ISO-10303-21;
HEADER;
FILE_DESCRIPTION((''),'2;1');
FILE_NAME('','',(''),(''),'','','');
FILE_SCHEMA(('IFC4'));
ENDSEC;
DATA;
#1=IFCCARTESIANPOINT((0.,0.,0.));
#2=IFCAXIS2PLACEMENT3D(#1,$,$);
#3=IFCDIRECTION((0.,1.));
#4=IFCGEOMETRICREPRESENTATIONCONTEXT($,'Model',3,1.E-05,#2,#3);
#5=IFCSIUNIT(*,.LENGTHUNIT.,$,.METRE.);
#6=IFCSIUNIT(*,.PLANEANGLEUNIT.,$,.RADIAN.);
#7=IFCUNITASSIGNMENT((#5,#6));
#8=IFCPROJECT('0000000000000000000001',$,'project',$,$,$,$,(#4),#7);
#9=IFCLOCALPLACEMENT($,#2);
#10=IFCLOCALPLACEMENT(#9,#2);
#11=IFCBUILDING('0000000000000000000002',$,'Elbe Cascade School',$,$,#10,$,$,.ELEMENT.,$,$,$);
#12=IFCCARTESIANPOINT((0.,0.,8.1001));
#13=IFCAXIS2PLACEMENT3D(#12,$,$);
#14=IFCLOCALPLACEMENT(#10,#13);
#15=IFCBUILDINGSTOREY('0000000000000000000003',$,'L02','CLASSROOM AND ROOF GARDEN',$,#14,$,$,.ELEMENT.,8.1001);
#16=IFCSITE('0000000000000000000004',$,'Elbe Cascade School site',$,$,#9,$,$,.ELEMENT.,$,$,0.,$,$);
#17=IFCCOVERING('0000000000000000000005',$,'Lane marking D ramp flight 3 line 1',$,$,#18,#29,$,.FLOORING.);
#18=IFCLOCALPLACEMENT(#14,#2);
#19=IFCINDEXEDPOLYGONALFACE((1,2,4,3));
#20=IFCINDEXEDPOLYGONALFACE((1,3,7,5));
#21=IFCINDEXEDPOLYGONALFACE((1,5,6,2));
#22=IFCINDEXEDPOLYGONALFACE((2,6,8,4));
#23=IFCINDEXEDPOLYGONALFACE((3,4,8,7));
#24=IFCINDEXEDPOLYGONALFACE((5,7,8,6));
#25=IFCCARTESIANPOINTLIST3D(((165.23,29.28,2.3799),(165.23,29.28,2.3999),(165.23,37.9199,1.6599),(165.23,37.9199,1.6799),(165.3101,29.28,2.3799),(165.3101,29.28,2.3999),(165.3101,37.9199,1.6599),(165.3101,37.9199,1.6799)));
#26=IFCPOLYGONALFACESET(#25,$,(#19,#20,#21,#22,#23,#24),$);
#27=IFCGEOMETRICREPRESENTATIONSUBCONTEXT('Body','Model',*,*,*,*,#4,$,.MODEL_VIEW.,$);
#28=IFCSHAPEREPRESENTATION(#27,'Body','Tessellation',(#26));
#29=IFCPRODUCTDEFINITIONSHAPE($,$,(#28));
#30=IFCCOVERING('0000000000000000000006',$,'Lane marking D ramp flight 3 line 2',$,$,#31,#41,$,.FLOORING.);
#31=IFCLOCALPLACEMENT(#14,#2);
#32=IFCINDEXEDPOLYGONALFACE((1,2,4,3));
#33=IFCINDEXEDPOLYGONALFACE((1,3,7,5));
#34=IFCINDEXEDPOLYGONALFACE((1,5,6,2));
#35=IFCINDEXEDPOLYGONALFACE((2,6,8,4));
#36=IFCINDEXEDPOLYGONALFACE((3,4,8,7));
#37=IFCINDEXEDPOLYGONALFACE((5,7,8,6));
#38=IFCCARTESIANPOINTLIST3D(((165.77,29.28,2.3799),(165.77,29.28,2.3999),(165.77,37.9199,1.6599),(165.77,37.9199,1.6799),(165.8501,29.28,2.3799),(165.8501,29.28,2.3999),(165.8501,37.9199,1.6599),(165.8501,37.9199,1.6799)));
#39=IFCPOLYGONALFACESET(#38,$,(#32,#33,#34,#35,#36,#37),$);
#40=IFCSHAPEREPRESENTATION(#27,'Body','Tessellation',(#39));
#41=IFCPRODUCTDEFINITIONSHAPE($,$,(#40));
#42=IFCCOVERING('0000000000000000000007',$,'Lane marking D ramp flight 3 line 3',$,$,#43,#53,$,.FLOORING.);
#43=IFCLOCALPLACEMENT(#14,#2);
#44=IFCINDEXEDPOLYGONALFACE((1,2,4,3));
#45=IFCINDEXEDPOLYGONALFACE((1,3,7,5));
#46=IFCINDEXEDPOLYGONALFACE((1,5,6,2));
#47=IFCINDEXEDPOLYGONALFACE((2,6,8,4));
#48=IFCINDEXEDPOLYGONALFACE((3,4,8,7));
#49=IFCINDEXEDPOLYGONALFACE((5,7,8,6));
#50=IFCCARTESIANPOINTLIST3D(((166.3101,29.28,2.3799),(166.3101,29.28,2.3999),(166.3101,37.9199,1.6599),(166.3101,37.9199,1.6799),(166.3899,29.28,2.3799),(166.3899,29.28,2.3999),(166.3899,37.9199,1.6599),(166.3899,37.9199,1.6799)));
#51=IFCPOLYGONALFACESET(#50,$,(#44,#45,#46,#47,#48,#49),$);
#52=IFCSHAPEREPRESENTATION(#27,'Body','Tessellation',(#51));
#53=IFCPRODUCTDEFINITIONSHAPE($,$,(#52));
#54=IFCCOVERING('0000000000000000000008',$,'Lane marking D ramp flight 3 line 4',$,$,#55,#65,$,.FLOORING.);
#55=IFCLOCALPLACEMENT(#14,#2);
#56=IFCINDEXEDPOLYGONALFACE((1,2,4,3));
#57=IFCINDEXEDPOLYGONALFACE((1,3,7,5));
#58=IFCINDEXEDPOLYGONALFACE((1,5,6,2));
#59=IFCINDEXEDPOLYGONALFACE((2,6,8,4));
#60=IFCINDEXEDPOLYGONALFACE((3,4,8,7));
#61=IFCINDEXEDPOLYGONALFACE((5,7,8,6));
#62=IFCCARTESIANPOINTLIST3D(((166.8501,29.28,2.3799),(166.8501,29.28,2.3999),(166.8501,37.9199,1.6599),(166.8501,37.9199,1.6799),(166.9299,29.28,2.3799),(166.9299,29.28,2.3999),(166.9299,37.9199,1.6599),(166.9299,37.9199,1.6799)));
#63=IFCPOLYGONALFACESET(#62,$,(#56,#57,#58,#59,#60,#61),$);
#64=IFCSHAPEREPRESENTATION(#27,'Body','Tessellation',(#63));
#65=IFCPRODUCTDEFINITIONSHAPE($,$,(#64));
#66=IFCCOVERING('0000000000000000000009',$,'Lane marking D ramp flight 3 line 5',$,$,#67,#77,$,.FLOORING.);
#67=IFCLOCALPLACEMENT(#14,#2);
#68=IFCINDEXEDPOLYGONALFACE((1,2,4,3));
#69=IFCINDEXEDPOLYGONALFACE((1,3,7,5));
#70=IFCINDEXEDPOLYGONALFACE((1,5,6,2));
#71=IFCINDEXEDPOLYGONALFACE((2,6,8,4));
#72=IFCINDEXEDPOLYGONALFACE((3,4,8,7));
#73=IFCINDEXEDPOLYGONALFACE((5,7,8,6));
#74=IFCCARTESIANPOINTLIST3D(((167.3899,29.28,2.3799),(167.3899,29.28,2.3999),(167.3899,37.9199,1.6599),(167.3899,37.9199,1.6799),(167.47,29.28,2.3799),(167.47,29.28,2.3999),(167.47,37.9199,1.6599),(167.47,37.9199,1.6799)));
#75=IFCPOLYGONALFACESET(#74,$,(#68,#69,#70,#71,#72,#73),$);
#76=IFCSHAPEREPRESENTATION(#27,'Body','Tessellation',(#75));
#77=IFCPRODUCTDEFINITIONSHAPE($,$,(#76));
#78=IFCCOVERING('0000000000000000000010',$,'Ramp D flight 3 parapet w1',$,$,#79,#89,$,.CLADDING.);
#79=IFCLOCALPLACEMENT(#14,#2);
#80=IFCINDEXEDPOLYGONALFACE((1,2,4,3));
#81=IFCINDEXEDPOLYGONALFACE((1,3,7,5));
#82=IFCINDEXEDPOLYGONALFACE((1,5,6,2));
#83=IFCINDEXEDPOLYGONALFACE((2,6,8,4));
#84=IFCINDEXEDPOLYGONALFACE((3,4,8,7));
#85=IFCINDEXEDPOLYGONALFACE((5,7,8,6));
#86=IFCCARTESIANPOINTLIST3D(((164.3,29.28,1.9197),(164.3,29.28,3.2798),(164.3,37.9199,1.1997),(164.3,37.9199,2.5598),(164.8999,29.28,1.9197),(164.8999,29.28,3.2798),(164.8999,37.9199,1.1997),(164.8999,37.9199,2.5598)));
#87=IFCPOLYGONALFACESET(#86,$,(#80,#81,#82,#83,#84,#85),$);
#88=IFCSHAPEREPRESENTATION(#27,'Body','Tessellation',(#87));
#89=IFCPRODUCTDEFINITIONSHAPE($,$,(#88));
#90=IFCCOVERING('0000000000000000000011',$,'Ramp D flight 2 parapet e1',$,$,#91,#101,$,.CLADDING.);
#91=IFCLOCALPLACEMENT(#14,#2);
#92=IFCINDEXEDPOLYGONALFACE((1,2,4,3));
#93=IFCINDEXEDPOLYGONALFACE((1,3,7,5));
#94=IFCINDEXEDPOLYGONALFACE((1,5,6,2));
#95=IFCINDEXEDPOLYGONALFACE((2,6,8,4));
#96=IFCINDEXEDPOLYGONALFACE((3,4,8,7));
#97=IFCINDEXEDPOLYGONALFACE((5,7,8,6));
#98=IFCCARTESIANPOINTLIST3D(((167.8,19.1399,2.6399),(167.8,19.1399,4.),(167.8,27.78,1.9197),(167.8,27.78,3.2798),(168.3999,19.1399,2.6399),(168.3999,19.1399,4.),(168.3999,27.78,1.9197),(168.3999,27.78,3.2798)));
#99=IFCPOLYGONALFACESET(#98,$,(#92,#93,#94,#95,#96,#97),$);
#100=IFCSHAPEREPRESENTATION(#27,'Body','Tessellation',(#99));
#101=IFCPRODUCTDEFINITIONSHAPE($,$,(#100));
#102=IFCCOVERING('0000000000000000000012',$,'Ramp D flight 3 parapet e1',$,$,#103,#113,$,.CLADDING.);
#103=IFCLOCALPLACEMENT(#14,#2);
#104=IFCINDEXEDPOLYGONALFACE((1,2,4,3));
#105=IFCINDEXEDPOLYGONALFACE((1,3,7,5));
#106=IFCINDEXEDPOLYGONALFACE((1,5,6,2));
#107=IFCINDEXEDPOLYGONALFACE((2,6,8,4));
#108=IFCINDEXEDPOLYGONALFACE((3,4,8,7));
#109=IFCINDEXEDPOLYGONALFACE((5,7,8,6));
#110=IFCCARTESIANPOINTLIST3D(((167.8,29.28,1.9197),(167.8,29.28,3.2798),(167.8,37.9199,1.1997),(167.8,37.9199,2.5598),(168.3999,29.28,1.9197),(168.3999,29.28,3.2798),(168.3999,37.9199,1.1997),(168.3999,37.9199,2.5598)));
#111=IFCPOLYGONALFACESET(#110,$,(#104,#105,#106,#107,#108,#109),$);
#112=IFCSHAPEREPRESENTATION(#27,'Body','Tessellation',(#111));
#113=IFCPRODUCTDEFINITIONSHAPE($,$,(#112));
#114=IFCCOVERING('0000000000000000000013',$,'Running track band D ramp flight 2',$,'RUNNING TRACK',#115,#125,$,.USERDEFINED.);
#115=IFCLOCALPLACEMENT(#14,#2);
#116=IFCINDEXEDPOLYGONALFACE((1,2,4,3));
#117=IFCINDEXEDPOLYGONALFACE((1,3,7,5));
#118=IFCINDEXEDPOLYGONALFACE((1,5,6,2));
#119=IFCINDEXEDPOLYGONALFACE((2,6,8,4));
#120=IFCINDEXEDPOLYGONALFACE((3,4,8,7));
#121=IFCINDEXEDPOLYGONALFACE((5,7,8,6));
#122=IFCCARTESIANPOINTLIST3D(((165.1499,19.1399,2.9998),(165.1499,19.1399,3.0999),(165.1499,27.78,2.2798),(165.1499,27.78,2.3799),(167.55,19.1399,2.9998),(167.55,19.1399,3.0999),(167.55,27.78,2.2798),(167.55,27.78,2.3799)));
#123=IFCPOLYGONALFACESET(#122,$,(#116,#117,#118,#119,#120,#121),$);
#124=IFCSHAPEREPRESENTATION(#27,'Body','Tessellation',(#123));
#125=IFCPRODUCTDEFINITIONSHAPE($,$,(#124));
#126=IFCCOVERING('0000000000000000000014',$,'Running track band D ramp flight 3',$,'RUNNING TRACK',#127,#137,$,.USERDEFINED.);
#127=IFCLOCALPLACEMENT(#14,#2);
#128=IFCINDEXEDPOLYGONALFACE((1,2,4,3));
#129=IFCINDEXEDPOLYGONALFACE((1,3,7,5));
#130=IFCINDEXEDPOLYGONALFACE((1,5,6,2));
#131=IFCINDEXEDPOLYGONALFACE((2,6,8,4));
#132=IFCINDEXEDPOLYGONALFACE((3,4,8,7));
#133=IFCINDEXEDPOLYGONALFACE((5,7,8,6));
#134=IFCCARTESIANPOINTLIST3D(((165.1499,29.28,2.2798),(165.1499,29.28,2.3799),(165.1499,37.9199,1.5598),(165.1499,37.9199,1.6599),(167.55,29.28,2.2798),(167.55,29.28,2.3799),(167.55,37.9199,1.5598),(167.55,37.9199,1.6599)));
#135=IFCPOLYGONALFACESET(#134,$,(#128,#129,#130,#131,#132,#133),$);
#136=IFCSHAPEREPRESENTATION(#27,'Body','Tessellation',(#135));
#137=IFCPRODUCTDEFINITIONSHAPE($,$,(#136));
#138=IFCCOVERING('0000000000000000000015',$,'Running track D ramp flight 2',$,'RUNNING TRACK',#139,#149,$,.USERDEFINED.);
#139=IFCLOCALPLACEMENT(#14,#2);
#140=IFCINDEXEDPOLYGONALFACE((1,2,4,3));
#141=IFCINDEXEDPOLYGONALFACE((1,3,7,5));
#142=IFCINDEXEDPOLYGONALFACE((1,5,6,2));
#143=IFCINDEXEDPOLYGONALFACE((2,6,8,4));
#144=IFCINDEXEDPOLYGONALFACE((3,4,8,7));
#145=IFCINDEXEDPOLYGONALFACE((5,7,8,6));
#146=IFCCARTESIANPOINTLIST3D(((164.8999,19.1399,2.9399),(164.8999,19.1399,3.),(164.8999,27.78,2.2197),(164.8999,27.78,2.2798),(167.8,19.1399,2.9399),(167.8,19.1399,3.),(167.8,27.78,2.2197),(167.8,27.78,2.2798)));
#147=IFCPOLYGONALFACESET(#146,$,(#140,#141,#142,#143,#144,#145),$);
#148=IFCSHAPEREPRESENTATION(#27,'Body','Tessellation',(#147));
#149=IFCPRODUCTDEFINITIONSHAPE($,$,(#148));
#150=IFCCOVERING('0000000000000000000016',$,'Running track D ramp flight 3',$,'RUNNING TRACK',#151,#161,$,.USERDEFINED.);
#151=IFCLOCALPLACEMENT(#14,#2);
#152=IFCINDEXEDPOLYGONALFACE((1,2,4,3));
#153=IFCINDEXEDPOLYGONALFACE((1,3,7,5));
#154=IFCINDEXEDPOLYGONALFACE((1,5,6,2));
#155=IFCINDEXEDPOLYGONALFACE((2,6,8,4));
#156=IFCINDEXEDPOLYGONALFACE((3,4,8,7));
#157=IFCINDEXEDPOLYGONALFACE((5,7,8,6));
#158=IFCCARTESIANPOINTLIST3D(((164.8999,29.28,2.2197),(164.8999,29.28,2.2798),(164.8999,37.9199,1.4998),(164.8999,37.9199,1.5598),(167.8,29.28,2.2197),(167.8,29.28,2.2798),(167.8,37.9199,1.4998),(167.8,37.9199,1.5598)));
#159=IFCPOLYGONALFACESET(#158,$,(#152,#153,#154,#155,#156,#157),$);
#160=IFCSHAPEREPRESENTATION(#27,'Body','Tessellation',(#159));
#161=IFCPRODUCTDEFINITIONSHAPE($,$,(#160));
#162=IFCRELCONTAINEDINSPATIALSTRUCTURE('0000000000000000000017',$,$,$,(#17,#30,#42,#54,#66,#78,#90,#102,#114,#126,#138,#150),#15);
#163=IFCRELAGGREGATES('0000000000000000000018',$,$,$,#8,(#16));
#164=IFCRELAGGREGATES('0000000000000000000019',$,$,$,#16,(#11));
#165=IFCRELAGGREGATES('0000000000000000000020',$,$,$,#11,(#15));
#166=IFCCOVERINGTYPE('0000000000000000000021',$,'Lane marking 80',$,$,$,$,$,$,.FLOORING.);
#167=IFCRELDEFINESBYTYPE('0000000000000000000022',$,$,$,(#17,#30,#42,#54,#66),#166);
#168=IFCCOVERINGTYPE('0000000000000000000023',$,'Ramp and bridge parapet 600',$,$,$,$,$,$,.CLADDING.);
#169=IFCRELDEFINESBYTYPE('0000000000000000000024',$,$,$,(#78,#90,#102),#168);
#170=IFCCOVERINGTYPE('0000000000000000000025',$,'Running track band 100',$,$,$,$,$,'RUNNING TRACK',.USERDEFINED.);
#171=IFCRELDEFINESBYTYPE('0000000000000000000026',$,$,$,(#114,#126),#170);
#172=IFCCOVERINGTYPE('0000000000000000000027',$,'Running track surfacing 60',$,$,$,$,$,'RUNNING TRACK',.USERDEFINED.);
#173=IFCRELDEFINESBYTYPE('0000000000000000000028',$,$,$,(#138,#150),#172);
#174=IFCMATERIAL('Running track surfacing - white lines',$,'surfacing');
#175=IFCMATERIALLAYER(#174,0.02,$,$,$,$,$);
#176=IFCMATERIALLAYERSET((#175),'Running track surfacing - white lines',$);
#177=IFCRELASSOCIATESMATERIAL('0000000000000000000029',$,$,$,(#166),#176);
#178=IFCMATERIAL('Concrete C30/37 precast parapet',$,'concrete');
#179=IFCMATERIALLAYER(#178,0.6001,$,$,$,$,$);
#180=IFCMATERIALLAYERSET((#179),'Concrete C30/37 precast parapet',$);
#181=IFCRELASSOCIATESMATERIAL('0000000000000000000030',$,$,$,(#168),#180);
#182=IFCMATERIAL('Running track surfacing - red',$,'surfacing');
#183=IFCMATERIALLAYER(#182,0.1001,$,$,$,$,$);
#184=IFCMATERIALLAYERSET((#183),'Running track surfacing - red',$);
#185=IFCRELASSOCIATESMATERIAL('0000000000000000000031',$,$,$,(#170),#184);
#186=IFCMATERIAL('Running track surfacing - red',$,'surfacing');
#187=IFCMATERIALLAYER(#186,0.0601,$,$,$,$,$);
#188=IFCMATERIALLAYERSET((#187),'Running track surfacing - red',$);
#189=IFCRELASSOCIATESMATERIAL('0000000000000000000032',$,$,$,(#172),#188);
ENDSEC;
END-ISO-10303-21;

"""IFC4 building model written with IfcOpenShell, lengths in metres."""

from ifc_helpers import new_model, si_unit, direction, frame, origin, place, context, subcontext, project, spatial, polyline, outline, extrude, material, layer, layer_set, type_object, element, save


model = new_model("IFC4")

# Units and contexts
model_context = context("Model", 3, precision=1e-05, world=origin(), true_north=direction((0.0, 1.0)))
body_context = subcontext(model_context, "Body", "Model", "MODEL_VIEW")
ifc_project = project(units=[si_unit("LENGTHUNIT", "METRE"), si_unit("PLANEANGLEUNIT", "RADIAN")], contexts=[model_context])

# Site, building, storey
site_placement = place(None, origin())
site = spatial("IfcSite", under=ifc_project, at=site_placement, Name="Elbe Cascade School site", CompositionType="ELEMENT", RefElevation=0.0)
building_placement = place(site_placement, origin())
building = spatial("IfcBuilding", under=site, at=building_placement, Name="Elbe Cascade School", CompositionType="ELEMENT")
storey_placement = place(building_placement, frame((0.0, 0.0, 8.1001)))
storey = spatial("IfcBuildingStorey", under=building, at=storey_placement, Name="L02", Description="CLASSROOM AND ROOF GARDEN", CompositionType="ELEMENT", Elevation=8.1001)

# Coverings
ifc_material_1 = material(Name="Running track surfacing - white lines", Category="surfacing")
ifc_layer_1 = layer(ifc_material_1, 0.02)
ifc_layer_set_1 = layer_set([ifc_layer_1], Name="Running track surfacing - white lines")
covering_type_1 = type_object("IfcCoveringType", Name="Lane marking 80", PredefinedType="FLOORING", material=ifc_layer_set_1)
for number, where, z_axis, x_axis, name in (
    (1, (165.23, 29.28, 2.3999), (0.0, 0.083043, 0.996546), (0.0, 0.996546, -0.083043), "Lane marking D ramp flight 3 line 1"),
    (2, (165.77, 29.28, 2.3999), (0.0, 0.083043, 0.996546), (0.0, 0.996546, -0.083043), "Lane marking D ramp flight 3 line 2"),
):
    element("IfcCovering", number, at=place(storey_placement, frame(where, z_axis=z_axis, x_axis=x_axis)), inside=storey, type_object=covering_type_1, Name=name, PredefinedType="FLOORING", context=body_context, shape_type="SweptSolid", body=[
        extrude(outline(polyline([(0.0, 0.0), (8.6698, 0.0), (8.6698, -0.0801), (0.0, -0.0801), (0.0, 0.0)])), origin(), (0.083043, 0.0, -0.996546), 0.02),
    ])
for number, where, z_axis, x_axis, name in (
    (3, (166.3101, 29.28, 2.3999), (0.0, 0.083043, 0.996546), (0.0, 0.996546, -0.083043), "Lane marking D ramp flight 3 line 3"),
    (4, (166.8501, 29.28, 2.3999), (0.0, 0.083043, 0.996546), (0.0, 0.996546, -0.083043), "Lane marking D ramp flight 3 line 4"),
):
    element("IfcCovering", number, at=place(storey_placement, frame(where, z_axis=z_axis, x_axis=x_axis)), inside=storey, type_object=covering_type_1, Name=name, PredefinedType="FLOORING", context=body_context, shape_type="SweptSolid", body=[
        extrude(outline(polyline([(0.0, 0.0), (8.6698, 0.0), (8.6698, -0.0798), (0.0, -0.0798), (0.0, 0.0)])), origin(), (0.083043, 0.0, -0.996546), 0.02),
    ])
covering_1_placement = place(storey_placement, frame((167.3899, 29.28, 2.3999), z_axis=(0.0, 0.083043, 0.996546), x_axis=(0.0, 0.996546, -0.083043)))
element("IfcCovering", 5, at=covering_1_placement, inside=storey, type_object=covering_type_1, Name="Lane marking D ramp flight 3 line 5", PredefinedType="FLOORING", context=body_context, shape_type="SweptSolid", body=[
    extrude(outline(polyline([(0.0, 0.0), (8.6698, 0.0), (8.6698, -0.0801), (0.0, -0.0801), (0.0, 0.0)])), origin(), (0.083043, 0.0, -0.996546), 0.02),
])
ifc_material_2 = material(Name="Concrete C30/37 precast parapet", Category="concrete")
ifc_layer_2 = layer(ifc_material_2, 0.6001)
ifc_layer_set_2 = layer_set([ifc_layer_2], Name="Concrete C30/37 precast parapet")
covering_type_2 = type_object("IfcCoveringType", Name="Ramp and bridge parapet 600", PredefinedType="CLADDING", material=ifc_layer_set_2)
covering_2_placement = place(storey_placement, frame((164.3, 29.28, 3.2798), z_axis=(0.0, 0.083043, 0.996546), x_axis=(0.0, 0.996546, -0.083043)))
element("IfcCovering", 6, at=covering_2_placement, inside=storey, type_object=covering_type_2, Name="Ramp D flight 3 parapet w1", PredefinedType="CLADDING", context=body_context, shape_type="SweptSolid", body=[
    extrude(outline(polyline([(0.0, 0.0), (8.6698, 0.0), (8.6698, -0.5999), (0.0, -0.5999), (0.0, 0.0)])), origin(), (0.083043, 0.0, -0.996546), 1.3601),
])
covering_3_placement = place(storey_placement, frame((167.8, 19.1399, 4.0), z_axis=(0.0, 0.083069, 0.996544), x_axis=(0.0, 0.996544, -0.083069)))
element("IfcCovering", 7, at=covering_3_placement, inside=storey, type_object=covering_type_2, Name="Ramp D flight 2 parapet e1", PredefinedType="CLADDING", context=body_context, shape_type="SweptSolid", body=[
    extrude(outline(polyline([(0.0, 0.0), (8.6701, 0.0), (8.6701, -0.5999), (0.0, -0.5999), (0.0, 0.0)])), origin(), (0.083069, 0.0, -0.996544), 1.3601),
])
covering_4_placement = place(storey_placement, frame((167.8, 29.28, 3.2798), z_axis=(0.0, 0.083043, 0.996546), x_axis=(0.0, 0.996546, -0.083043)))
element("IfcCovering", 8, at=covering_4_placement, inside=storey, type_object=covering_type_2, Name="Ramp D flight 3 parapet e1", PredefinedType="CLADDING", context=body_context, shape_type="SweptSolid", body=[
    extrude(outline(polyline([(0.0, 0.0), (8.6698, 0.0), (8.6698, -0.5999), (0.0, -0.5999), (0.0, 0.0)])), origin(), (0.083043, 0.0, -0.996546), 1.3601),
])
ifc_material_3 = material(Name="Running track surfacing - red", Category="surfacing")
ifc_layer_3 = layer(ifc_material_3, 0.1001)
ifc_layer_set_3 = layer_set([ifc_layer_3], Name="Running track surfacing - red")
covering_type_3 = type_object("IfcCoveringType", Name="Running track band 100", ElementType="RUNNING TRACK", PredefinedType="USERDEFINED", material=ifc_layer_set_3)
covering_5_placement = place(storey_placement, frame((165.1499, 19.1399, 3.0999), z_axis=(0.0, 0.083041, 0.996546), x_axis=(0.0, 0.996546, -0.083041)))
element("IfcCovering", 9, at=covering_5_placement, inside=storey, type_object=covering_type_3, Name="Running track band D ramp flight 2", ObjectType="RUNNING TRACK", PredefinedType="USERDEFINED", context=body_context, shape_type="SweptSolid", body=[
    extrude(outline(polyline([(0.0, 0.0), (8.6701, 0.0), (8.6701, -2.4001), (0.0, -2.4001), (0.0, 0.0)])), origin(), (0.083041, 0.0, -0.996546), 0.1001),
])
covering_6_placement = place(storey_placement, frame((165.1499, 29.28, 2.3799), z_axis=(0.0, 0.083043, 0.996546), x_axis=(0.0, 0.996546, -0.083043)))
element("IfcCovering", 10, at=covering_6_placement, inside=storey, type_object=covering_type_3, Name="Running track band D ramp flight 3", ObjectType="RUNNING TRACK", PredefinedType="USERDEFINED", context=body_context, shape_type="SweptSolid", body=[
    extrude(outline(polyline([(0.0, 0.0), (8.6698, 0.0), (8.6698, -2.4001), (0.0, -2.4001), (0.0, 0.0)])), origin(), (0.083043, 0.0, -0.996546), 0.1001),
])
ifc_material_4 = material(Name="Running track surfacing - red", Category="surfacing")
ifc_layer_4 = layer(ifc_material_4, 0.0601)
ifc_layer_set_4 = layer_set([ifc_layer_4], Name="Running track surfacing - red")
covering_type_4 = type_object("IfcCoveringType", Name="Running track surfacing 60", ElementType="RUNNING TRACK", PredefinedType="USERDEFINED", material=ifc_layer_set_4)
covering_7_placement = place(storey_placement, frame((164.8999, 19.1399, 3.0), z_axis=(0.0, 0.083069, 0.996544), x_axis=(0.0, 0.996544, -0.083069)))
element("IfcCovering", 11, at=covering_7_placement, inside=storey, type_object=covering_type_4, Name="Running track D ramp flight 2", ObjectType="RUNNING TRACK", PredefinedType="USERDEFINED", context=body_context, shape_type="SweptSolid", body=[
    extrude(outline(polyline([(0.0, 0.0), (8.6701, 0.0), (8.6701, -2.9001), (0.0, -2.9001), (0.0, 0.0)])), origin(), (0.083069, 0.0, -0.996544), 0.0601),
])
covering_8_placement = place(storey_placement, frame((164.8999, 29.28, 2.2798), z_axis=(0.0, 0.083043, 0.996546), x_axis=(0.0, 0.996546, -0.083043)))
element("IfcCovering", 12, at=covering_8_placement, inside=storey, type_object=covering_type_4, Name="Running track D ramp flight 3", ObjectType="RUNNING TRACK", PredefinedType="USERDEFINED", context=body_context, shape_type="SweptSolid", body=[
    extrude(outline(polyline([(0.0, 0.0), (8.6698, 0.0), (8.6698, -2.9001), (0.0, -2.9001), (0.0, 0.0)])), origin(), (0.083043, 0.0, -0.996546), 0.0601),
])

save(model, "model.ifc")
